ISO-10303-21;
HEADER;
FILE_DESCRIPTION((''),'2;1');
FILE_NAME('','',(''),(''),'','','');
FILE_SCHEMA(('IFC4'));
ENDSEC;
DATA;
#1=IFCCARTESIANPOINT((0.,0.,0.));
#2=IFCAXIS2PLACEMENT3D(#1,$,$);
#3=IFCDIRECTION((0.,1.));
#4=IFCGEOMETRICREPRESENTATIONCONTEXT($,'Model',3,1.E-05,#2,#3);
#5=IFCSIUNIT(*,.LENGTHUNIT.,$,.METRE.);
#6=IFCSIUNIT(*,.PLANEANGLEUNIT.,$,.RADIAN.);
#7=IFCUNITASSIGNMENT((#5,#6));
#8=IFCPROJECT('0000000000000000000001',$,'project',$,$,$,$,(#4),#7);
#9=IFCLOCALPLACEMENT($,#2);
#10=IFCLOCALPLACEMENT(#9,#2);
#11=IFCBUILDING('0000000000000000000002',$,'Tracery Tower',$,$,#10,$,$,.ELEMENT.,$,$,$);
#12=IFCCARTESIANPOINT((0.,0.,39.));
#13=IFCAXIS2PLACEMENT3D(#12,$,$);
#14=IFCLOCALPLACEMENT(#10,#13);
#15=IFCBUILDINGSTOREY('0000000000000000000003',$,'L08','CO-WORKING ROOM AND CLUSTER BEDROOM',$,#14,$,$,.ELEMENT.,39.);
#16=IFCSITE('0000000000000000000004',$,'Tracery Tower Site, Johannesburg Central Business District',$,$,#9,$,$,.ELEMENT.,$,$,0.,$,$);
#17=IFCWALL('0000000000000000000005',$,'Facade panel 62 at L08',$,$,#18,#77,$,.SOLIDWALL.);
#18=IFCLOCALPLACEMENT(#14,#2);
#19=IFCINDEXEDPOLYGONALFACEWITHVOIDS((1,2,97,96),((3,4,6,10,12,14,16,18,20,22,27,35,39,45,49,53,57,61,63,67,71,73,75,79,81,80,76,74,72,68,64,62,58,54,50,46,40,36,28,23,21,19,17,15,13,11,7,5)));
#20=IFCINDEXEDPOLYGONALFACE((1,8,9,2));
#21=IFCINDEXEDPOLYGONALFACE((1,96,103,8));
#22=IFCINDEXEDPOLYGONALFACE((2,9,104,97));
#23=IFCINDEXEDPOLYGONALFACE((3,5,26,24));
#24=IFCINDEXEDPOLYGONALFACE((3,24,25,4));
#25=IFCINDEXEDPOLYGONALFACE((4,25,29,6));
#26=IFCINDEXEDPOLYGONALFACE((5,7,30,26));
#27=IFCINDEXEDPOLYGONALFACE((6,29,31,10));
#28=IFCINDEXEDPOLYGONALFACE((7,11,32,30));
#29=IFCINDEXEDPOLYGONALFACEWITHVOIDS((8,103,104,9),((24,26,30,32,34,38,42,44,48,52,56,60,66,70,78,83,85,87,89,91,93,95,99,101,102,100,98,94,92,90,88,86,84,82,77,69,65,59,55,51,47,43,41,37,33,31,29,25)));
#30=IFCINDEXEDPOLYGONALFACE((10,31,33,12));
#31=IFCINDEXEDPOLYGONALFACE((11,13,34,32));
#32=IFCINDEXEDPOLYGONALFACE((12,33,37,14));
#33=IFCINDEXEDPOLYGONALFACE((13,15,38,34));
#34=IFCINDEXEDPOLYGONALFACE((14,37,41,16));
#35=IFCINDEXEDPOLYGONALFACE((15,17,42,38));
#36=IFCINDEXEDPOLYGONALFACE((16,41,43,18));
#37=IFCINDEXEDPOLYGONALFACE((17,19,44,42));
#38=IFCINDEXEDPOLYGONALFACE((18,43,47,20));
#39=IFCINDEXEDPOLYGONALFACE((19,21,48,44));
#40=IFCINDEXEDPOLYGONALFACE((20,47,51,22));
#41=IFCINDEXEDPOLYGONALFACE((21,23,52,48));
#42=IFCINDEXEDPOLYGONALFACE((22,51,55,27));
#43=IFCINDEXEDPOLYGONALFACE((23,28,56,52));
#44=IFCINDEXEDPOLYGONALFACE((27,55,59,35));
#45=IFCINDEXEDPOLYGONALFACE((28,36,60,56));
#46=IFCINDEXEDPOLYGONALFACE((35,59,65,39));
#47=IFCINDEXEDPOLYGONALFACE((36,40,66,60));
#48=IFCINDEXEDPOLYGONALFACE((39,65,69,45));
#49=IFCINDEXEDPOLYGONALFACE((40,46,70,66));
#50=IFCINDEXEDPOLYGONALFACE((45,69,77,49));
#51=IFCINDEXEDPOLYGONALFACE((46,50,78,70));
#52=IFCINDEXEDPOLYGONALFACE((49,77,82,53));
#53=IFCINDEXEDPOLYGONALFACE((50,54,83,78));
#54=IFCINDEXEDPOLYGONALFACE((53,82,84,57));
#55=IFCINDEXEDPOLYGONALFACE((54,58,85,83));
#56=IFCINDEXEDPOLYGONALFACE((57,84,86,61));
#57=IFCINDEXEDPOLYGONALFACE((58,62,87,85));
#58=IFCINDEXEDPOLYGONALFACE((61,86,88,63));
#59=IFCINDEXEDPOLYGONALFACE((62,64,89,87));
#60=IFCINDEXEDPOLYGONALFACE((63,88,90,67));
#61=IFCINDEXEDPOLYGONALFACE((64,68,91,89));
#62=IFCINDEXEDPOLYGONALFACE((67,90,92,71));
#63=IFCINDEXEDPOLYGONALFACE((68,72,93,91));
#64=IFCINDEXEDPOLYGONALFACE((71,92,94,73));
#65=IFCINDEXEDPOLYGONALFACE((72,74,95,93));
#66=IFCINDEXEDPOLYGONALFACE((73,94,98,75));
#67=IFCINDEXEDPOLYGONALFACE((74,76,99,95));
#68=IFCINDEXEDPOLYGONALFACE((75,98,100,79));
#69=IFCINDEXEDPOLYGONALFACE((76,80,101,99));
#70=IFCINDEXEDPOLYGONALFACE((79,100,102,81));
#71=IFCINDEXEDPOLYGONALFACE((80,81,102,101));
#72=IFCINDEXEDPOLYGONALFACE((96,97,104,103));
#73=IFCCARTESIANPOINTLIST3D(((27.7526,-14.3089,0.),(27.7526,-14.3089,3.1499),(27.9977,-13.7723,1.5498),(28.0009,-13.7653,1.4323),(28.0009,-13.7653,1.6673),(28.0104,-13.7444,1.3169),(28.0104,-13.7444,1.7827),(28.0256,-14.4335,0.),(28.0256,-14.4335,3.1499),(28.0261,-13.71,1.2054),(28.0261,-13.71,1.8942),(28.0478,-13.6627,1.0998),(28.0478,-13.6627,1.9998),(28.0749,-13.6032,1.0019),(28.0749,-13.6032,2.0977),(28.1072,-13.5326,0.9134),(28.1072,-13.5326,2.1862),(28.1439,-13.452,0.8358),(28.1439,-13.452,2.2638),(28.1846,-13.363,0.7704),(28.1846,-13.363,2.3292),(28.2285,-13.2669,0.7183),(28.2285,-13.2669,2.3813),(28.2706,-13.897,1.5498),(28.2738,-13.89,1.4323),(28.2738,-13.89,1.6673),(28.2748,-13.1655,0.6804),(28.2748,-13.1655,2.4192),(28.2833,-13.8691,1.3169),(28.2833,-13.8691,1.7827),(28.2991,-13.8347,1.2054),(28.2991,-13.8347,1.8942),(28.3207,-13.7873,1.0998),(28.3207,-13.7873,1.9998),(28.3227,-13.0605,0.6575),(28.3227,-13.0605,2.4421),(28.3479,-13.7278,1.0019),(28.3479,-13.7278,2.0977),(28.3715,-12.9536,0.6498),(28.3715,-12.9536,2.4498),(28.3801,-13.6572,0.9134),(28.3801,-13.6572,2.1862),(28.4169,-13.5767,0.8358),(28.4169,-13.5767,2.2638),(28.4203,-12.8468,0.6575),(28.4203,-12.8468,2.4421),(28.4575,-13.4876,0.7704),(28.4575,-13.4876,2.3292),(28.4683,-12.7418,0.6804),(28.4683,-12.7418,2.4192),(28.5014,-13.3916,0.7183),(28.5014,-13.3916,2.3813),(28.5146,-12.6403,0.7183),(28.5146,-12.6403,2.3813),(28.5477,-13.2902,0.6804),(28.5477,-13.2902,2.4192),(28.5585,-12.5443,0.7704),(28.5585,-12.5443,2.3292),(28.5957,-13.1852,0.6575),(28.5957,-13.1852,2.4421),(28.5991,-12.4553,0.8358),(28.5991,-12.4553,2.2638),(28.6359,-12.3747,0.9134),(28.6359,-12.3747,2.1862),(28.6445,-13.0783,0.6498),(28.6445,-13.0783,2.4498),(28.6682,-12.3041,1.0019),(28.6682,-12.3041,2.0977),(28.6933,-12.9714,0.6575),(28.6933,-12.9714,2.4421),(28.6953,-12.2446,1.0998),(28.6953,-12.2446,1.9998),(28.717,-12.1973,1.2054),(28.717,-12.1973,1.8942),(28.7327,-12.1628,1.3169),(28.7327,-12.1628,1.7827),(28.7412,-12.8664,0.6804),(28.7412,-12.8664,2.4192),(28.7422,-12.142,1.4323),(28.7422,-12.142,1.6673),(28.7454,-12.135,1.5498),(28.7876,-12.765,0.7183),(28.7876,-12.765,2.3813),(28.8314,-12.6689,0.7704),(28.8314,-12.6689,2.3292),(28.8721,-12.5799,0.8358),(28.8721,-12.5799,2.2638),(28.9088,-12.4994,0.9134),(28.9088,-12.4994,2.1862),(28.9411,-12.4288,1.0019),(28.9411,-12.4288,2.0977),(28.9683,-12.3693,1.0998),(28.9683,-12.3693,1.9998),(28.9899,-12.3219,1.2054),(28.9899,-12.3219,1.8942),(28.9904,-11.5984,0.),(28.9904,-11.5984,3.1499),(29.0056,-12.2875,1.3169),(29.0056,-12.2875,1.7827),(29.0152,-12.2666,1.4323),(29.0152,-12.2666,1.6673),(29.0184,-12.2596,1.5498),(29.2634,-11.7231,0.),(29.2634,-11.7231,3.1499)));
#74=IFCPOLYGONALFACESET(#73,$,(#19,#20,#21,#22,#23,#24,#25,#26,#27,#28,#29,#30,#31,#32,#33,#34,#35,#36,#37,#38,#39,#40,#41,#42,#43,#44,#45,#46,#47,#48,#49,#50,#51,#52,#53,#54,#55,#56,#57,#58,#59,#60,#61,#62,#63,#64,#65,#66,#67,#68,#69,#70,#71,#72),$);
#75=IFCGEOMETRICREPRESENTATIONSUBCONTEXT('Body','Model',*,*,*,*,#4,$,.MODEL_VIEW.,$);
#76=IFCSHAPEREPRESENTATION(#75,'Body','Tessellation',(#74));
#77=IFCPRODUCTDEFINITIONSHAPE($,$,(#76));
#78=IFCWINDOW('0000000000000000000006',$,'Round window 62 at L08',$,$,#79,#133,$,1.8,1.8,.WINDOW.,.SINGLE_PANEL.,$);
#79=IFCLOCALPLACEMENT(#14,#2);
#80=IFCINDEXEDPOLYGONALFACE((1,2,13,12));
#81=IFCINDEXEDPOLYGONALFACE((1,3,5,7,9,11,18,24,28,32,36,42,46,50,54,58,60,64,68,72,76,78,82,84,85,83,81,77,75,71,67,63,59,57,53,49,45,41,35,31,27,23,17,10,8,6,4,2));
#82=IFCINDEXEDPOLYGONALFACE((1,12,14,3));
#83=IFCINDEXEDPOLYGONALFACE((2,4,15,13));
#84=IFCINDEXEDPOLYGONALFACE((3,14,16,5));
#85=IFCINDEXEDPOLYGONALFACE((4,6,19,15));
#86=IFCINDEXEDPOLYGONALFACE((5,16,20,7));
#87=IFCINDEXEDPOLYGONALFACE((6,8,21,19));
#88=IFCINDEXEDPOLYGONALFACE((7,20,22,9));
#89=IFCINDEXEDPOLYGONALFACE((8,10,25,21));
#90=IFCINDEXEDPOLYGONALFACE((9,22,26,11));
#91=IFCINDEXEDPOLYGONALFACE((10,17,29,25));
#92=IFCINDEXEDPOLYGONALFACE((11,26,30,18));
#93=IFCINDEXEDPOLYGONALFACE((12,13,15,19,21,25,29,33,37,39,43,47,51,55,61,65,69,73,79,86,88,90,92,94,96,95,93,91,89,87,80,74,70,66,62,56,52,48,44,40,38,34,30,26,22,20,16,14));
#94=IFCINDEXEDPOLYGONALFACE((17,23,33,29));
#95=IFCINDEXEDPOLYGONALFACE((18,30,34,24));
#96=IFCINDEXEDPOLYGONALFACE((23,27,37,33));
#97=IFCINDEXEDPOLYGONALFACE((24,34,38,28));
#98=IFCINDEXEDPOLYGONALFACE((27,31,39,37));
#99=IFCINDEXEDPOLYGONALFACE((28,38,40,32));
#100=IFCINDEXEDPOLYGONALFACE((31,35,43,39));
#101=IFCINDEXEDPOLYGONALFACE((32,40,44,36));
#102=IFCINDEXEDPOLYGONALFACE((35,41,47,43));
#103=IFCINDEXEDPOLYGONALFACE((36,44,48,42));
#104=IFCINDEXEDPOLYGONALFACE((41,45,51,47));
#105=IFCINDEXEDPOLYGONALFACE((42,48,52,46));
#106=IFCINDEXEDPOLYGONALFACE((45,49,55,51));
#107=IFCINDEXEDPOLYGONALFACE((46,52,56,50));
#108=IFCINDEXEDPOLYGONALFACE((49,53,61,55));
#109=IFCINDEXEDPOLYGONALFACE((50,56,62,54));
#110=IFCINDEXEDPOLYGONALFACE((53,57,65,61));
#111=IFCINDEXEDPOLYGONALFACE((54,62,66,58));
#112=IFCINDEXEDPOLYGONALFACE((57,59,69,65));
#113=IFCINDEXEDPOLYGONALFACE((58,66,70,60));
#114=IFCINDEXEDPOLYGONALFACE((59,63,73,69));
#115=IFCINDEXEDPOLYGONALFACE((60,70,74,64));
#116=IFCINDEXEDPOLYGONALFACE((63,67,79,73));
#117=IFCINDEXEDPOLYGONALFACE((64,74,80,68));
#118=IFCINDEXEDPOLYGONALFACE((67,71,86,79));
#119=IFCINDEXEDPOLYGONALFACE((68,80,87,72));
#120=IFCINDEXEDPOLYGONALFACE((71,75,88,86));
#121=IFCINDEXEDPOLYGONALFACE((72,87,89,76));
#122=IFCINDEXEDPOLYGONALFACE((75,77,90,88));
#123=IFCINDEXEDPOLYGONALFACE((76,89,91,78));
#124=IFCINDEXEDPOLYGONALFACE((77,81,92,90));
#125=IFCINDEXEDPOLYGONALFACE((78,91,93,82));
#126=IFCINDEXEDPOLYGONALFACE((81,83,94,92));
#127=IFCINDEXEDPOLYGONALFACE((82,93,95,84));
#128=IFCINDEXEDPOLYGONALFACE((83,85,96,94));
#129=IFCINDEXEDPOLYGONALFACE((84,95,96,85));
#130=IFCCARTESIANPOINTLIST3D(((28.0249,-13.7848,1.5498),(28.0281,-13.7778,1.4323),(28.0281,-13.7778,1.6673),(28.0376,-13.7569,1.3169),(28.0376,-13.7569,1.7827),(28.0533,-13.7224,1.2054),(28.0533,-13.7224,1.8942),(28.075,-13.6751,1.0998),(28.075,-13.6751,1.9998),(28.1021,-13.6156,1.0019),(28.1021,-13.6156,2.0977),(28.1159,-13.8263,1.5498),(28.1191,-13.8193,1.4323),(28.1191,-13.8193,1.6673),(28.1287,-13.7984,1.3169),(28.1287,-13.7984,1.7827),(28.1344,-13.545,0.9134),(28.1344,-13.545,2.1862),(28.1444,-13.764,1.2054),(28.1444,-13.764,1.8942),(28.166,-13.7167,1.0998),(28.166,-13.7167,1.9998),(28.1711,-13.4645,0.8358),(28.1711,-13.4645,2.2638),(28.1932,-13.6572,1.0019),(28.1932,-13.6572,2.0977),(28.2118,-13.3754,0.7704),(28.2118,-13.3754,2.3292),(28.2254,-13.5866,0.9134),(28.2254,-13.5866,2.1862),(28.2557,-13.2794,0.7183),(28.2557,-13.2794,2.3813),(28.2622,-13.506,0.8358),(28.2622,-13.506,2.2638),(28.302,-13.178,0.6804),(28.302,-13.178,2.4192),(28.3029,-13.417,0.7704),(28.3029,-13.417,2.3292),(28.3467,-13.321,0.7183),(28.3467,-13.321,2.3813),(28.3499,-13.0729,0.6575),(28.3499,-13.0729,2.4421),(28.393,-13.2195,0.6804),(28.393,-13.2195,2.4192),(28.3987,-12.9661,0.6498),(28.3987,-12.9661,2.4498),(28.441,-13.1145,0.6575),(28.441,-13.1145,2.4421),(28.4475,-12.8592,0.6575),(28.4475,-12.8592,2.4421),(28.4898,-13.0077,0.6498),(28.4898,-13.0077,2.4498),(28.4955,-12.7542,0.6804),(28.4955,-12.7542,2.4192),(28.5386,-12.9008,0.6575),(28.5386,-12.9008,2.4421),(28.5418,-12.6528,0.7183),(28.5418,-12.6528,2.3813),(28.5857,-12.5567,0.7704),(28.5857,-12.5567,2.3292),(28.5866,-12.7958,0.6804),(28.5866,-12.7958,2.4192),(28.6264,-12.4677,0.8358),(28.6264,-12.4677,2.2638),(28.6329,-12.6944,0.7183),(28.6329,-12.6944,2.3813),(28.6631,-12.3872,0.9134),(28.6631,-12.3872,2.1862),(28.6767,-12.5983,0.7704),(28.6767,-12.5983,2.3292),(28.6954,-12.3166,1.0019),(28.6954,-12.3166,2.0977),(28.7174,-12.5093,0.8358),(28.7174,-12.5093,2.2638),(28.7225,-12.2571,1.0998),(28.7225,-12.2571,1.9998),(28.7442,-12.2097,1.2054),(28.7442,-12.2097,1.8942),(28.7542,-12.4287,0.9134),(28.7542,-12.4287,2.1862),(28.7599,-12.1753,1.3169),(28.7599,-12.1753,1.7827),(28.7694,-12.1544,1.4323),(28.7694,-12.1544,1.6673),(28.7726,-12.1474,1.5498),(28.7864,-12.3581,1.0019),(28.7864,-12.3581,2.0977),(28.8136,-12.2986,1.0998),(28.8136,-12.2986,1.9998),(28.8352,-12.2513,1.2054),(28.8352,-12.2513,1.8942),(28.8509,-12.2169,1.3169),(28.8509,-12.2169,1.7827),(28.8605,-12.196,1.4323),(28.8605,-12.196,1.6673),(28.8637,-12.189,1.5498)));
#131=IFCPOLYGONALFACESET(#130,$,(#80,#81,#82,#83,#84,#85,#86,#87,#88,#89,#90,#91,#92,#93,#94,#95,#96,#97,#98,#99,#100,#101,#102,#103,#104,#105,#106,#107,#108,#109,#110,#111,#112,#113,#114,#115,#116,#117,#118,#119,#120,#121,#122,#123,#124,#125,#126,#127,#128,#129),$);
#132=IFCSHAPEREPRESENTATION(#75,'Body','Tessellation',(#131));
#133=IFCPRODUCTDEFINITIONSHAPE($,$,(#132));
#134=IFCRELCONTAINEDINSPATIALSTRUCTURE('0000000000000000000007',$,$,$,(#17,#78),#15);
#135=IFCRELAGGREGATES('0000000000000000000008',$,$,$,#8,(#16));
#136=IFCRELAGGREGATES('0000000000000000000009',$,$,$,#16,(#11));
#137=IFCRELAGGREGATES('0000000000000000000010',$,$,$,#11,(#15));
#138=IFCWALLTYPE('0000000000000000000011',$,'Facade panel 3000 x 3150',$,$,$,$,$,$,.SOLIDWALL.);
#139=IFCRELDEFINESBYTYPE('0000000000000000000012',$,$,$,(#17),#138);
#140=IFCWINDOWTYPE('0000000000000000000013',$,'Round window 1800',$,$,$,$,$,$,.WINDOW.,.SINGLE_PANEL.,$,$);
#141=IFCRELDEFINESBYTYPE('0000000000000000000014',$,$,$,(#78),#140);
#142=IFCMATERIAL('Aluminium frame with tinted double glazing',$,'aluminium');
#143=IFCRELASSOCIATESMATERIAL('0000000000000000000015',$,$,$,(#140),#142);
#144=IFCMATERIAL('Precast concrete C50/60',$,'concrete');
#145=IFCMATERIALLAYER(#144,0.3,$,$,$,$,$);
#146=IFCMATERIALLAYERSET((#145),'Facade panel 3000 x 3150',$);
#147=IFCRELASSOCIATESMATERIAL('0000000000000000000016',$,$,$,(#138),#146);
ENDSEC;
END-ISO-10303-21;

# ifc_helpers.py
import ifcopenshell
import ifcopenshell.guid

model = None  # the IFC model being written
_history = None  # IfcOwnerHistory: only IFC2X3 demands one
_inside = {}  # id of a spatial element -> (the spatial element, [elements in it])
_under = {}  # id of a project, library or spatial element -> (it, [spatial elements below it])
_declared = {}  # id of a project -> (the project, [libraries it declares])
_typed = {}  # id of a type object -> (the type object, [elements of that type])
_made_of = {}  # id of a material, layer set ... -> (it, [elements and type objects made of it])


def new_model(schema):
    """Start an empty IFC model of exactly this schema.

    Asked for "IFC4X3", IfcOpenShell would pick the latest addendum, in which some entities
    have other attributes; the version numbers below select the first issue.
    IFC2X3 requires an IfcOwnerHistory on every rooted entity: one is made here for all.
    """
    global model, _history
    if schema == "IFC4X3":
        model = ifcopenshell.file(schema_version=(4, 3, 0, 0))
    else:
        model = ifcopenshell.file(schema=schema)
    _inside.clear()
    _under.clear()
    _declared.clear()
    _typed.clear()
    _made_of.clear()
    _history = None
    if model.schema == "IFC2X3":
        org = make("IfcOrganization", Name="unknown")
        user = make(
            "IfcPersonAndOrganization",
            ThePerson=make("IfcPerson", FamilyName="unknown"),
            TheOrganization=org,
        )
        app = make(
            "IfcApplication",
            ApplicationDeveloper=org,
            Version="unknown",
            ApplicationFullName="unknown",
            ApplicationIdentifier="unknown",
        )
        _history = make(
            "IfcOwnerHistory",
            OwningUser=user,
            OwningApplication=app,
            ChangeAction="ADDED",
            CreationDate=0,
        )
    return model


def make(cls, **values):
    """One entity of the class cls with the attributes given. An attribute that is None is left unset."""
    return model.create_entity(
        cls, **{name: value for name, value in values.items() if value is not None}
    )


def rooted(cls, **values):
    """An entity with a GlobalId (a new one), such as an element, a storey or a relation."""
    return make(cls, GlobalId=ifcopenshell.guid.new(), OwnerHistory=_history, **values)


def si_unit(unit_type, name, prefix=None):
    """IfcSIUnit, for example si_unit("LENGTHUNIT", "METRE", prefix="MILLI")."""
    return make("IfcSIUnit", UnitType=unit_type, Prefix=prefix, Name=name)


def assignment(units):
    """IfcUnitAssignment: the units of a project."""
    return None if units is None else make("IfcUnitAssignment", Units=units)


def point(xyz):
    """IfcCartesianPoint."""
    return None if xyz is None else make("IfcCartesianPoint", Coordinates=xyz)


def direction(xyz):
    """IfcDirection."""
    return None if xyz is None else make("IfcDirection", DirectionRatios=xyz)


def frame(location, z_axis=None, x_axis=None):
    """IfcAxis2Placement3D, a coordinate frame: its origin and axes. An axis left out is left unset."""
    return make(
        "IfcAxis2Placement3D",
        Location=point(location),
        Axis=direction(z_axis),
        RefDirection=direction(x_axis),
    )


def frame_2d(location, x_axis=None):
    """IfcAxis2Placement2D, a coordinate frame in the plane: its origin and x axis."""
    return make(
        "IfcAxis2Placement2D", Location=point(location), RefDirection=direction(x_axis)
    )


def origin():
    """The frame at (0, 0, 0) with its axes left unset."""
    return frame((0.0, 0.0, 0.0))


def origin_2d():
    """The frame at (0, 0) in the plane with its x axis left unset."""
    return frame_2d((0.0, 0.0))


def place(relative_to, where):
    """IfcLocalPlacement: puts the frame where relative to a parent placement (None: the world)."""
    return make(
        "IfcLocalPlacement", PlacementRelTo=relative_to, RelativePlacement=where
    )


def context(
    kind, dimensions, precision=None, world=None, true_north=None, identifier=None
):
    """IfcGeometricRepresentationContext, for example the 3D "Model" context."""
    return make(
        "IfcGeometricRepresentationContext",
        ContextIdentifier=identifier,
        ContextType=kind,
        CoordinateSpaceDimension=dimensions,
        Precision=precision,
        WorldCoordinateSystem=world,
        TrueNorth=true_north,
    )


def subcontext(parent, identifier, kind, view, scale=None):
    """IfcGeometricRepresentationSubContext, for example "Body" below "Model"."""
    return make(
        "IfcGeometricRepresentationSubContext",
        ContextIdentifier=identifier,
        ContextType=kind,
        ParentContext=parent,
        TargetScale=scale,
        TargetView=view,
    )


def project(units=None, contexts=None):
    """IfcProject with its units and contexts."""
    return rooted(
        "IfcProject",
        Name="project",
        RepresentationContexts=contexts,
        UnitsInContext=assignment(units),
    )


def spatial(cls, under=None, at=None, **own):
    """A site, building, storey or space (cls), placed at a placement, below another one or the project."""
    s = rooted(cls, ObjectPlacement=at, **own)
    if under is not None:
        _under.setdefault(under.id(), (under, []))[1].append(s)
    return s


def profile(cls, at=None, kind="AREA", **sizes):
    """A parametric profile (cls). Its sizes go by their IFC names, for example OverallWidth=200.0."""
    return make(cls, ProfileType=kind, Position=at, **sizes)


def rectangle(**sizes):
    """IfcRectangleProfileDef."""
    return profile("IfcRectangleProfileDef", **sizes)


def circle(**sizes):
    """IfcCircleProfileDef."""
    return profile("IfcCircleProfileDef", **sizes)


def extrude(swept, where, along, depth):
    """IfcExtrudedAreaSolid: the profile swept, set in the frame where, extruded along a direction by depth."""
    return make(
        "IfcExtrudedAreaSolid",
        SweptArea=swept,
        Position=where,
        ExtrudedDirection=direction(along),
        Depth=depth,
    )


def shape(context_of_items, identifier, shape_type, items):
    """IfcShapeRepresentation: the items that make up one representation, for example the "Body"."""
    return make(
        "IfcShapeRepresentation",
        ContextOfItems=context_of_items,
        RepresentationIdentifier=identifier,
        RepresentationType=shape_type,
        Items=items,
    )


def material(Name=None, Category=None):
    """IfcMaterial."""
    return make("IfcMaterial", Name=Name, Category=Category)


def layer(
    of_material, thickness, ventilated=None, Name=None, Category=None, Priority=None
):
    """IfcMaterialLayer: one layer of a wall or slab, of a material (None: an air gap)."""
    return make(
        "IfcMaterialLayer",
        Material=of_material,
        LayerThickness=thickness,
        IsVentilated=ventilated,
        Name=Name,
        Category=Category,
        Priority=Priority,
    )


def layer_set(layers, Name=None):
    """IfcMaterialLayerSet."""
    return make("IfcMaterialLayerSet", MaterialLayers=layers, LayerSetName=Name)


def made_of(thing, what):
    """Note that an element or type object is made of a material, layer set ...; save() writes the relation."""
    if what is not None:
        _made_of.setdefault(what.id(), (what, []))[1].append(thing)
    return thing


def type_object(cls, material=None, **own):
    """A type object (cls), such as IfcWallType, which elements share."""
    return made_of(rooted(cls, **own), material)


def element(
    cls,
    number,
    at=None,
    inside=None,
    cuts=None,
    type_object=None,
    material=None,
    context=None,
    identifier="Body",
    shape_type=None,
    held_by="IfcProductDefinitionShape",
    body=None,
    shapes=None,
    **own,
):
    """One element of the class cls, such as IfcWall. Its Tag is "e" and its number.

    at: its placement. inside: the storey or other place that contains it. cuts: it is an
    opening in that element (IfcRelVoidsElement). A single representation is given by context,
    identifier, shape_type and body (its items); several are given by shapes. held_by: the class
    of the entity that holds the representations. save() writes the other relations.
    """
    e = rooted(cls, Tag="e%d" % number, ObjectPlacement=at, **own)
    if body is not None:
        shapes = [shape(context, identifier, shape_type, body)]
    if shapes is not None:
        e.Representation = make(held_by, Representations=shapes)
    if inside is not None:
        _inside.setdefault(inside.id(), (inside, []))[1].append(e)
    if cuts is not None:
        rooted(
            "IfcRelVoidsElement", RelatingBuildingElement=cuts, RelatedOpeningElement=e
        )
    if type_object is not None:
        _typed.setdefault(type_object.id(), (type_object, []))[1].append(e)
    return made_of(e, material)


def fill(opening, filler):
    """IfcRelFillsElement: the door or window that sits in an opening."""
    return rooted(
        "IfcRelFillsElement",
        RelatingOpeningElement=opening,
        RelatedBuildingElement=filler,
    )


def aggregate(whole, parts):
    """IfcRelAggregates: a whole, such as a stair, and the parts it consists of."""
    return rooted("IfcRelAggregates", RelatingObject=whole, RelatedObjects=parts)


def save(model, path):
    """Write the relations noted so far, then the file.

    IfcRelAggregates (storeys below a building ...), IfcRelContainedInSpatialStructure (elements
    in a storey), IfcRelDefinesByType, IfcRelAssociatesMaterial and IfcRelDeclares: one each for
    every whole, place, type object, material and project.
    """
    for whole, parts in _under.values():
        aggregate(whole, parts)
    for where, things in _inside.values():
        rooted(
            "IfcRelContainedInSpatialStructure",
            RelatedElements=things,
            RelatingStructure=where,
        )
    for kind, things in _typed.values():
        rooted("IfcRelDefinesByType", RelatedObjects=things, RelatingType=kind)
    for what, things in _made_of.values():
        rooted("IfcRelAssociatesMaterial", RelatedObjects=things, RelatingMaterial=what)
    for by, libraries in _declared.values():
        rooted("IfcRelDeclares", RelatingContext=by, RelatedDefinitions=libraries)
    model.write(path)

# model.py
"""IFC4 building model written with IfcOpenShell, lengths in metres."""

from ifc_helpers import new_model, si_unit, direction, frame, frame_2d, origin, origin_2d, place, context, subcontext, project, spatial, rectangle, circle, extrude, material, layer, layer_set, type_object, element, fill, save


model = new_model("IFC4")

# Units and contexts
model_context = context("Model", 3, precision=1e-05, world=origin(), true_north=direction((0.0, 1.0)))
body_context = subcontext(model_context, "Body", "Model", "MODEL_VIEW")
ifc_project = project(units=[si_unit("LENGTHUNIT", "METRE"), si_unit("PLANEANGLEUNIT", "RADIAN")], contexts=[model_context])

# Site, building, storey
site_placement = place(None, origin())
site = spatial("IfcSite", under=ifc_project, at=site_placement, Name="Tracery Tower Site, Johannesburg Central Business District", CompositionType="ELEMENT", RefElevation=0.0)
building_placement = place(site_placement, origin())
building = spatial("IfcBuilding", under=site, at=building_placement, Name="Tracery Tower", CompositionType="ELEMENT")
storey_placement = place(building_placement, frame((0.0, 0.0, 39.0)))
storey = spatial("IfcBuildingStorey", under=building, at=storey_placement, Name="L08", Description="CO-WORKING ROOM AND CLUSTER BEDROOM", CompositionType="ELEMENT", Elevation=39.0)

# Wall, opening, window
ifc_material_1 = material(Name="Aluminium frame with tinted double glazing", Category="aluminium")
window_type = type_object("IfcWindowType", Name="Round window 1800", PartitioningType="SINGLE_PANEL", PredefinedType="WINDOW", material=ifc_material_1)
ifc_material_2 = material(Name="Precast concrete C50/60", Category="concrete")
ifc_layer_1 = layer(ifc_material_2, 0.3)
ifc_layer_set_1 = layer_set([ifc_layer_1], Name="Facade panel 3000 x 3150")
wall_type_1 = type_object("IfcWallType", Name="Facade panel 3000 x 3150", PredefinedType="SOLIDWALL", material=ifc_layer_set_1)
wall_1_placement = place(storey_placement, frame((27.8892, -14.3711, 0.0), z_axis=(0.0, 0.0, 1.0), x_axis=(0.415407, 0.909636, 0.0)))
wall_1 = element("IfcWall", 1, at=wall_1_placement, inside=storey, type_object=wall_type_1, Name="Facade panel 62 at L08", PredefinedType="SOLIDWALL", context=body_context, shape_type="SweptSolid", body=[
    extrude(rectangle(XDim=2.9797, YDim=0.3, at=frame_2d((1.4897, 0.0))), origin(), (0.0, 0.0, 1.0), 3.1499),
])
opening_1_placement = place(wall_1_placement, frame((1.4897, 0.0, 1.5498)))
opening_1 = element("IfcOpeningElement", 2, at=opening_1_placement, cuts=wall_1, PredefinedType="OPENING", context=body_context, shape_type="SweptSolid", body=[
    extrude(circle(Radius=0.9, at=origin_2d()), frame((0.0, 0.1599, 0.0), z_axis=(0.0, -1.0, 0.0), x_axis=(1.0, 0.0, 0.0)), (0.0, 0.0, 1.0), 0.3201),
])
window_1_placement = place(opening_1_placement, origin())
window_1 = element("IfcWindow", 3, at=window_1_placement, inside=storey, type_object=window_type, Name="Round window 62 at L08", OverallHeight=1.8, OverallWidth=1.8, PartitioningType="SINGLE_PANEL", PredefinedType="WINDOW", context=body_context, shape_type="SweptSolid", body=[
    extrude(circle(Radius=0.9, at=origin_2d()), frame((0.0, 0.1201, 0.0), z_axis=(0.0, -1.0, 0.0), x_axis=(1.0, 0.0, 0.0)), (0.0, 0.0, 1.0), 0.1001),
])
fill(opening_1, window_1)

save(model, "model.ifc")
